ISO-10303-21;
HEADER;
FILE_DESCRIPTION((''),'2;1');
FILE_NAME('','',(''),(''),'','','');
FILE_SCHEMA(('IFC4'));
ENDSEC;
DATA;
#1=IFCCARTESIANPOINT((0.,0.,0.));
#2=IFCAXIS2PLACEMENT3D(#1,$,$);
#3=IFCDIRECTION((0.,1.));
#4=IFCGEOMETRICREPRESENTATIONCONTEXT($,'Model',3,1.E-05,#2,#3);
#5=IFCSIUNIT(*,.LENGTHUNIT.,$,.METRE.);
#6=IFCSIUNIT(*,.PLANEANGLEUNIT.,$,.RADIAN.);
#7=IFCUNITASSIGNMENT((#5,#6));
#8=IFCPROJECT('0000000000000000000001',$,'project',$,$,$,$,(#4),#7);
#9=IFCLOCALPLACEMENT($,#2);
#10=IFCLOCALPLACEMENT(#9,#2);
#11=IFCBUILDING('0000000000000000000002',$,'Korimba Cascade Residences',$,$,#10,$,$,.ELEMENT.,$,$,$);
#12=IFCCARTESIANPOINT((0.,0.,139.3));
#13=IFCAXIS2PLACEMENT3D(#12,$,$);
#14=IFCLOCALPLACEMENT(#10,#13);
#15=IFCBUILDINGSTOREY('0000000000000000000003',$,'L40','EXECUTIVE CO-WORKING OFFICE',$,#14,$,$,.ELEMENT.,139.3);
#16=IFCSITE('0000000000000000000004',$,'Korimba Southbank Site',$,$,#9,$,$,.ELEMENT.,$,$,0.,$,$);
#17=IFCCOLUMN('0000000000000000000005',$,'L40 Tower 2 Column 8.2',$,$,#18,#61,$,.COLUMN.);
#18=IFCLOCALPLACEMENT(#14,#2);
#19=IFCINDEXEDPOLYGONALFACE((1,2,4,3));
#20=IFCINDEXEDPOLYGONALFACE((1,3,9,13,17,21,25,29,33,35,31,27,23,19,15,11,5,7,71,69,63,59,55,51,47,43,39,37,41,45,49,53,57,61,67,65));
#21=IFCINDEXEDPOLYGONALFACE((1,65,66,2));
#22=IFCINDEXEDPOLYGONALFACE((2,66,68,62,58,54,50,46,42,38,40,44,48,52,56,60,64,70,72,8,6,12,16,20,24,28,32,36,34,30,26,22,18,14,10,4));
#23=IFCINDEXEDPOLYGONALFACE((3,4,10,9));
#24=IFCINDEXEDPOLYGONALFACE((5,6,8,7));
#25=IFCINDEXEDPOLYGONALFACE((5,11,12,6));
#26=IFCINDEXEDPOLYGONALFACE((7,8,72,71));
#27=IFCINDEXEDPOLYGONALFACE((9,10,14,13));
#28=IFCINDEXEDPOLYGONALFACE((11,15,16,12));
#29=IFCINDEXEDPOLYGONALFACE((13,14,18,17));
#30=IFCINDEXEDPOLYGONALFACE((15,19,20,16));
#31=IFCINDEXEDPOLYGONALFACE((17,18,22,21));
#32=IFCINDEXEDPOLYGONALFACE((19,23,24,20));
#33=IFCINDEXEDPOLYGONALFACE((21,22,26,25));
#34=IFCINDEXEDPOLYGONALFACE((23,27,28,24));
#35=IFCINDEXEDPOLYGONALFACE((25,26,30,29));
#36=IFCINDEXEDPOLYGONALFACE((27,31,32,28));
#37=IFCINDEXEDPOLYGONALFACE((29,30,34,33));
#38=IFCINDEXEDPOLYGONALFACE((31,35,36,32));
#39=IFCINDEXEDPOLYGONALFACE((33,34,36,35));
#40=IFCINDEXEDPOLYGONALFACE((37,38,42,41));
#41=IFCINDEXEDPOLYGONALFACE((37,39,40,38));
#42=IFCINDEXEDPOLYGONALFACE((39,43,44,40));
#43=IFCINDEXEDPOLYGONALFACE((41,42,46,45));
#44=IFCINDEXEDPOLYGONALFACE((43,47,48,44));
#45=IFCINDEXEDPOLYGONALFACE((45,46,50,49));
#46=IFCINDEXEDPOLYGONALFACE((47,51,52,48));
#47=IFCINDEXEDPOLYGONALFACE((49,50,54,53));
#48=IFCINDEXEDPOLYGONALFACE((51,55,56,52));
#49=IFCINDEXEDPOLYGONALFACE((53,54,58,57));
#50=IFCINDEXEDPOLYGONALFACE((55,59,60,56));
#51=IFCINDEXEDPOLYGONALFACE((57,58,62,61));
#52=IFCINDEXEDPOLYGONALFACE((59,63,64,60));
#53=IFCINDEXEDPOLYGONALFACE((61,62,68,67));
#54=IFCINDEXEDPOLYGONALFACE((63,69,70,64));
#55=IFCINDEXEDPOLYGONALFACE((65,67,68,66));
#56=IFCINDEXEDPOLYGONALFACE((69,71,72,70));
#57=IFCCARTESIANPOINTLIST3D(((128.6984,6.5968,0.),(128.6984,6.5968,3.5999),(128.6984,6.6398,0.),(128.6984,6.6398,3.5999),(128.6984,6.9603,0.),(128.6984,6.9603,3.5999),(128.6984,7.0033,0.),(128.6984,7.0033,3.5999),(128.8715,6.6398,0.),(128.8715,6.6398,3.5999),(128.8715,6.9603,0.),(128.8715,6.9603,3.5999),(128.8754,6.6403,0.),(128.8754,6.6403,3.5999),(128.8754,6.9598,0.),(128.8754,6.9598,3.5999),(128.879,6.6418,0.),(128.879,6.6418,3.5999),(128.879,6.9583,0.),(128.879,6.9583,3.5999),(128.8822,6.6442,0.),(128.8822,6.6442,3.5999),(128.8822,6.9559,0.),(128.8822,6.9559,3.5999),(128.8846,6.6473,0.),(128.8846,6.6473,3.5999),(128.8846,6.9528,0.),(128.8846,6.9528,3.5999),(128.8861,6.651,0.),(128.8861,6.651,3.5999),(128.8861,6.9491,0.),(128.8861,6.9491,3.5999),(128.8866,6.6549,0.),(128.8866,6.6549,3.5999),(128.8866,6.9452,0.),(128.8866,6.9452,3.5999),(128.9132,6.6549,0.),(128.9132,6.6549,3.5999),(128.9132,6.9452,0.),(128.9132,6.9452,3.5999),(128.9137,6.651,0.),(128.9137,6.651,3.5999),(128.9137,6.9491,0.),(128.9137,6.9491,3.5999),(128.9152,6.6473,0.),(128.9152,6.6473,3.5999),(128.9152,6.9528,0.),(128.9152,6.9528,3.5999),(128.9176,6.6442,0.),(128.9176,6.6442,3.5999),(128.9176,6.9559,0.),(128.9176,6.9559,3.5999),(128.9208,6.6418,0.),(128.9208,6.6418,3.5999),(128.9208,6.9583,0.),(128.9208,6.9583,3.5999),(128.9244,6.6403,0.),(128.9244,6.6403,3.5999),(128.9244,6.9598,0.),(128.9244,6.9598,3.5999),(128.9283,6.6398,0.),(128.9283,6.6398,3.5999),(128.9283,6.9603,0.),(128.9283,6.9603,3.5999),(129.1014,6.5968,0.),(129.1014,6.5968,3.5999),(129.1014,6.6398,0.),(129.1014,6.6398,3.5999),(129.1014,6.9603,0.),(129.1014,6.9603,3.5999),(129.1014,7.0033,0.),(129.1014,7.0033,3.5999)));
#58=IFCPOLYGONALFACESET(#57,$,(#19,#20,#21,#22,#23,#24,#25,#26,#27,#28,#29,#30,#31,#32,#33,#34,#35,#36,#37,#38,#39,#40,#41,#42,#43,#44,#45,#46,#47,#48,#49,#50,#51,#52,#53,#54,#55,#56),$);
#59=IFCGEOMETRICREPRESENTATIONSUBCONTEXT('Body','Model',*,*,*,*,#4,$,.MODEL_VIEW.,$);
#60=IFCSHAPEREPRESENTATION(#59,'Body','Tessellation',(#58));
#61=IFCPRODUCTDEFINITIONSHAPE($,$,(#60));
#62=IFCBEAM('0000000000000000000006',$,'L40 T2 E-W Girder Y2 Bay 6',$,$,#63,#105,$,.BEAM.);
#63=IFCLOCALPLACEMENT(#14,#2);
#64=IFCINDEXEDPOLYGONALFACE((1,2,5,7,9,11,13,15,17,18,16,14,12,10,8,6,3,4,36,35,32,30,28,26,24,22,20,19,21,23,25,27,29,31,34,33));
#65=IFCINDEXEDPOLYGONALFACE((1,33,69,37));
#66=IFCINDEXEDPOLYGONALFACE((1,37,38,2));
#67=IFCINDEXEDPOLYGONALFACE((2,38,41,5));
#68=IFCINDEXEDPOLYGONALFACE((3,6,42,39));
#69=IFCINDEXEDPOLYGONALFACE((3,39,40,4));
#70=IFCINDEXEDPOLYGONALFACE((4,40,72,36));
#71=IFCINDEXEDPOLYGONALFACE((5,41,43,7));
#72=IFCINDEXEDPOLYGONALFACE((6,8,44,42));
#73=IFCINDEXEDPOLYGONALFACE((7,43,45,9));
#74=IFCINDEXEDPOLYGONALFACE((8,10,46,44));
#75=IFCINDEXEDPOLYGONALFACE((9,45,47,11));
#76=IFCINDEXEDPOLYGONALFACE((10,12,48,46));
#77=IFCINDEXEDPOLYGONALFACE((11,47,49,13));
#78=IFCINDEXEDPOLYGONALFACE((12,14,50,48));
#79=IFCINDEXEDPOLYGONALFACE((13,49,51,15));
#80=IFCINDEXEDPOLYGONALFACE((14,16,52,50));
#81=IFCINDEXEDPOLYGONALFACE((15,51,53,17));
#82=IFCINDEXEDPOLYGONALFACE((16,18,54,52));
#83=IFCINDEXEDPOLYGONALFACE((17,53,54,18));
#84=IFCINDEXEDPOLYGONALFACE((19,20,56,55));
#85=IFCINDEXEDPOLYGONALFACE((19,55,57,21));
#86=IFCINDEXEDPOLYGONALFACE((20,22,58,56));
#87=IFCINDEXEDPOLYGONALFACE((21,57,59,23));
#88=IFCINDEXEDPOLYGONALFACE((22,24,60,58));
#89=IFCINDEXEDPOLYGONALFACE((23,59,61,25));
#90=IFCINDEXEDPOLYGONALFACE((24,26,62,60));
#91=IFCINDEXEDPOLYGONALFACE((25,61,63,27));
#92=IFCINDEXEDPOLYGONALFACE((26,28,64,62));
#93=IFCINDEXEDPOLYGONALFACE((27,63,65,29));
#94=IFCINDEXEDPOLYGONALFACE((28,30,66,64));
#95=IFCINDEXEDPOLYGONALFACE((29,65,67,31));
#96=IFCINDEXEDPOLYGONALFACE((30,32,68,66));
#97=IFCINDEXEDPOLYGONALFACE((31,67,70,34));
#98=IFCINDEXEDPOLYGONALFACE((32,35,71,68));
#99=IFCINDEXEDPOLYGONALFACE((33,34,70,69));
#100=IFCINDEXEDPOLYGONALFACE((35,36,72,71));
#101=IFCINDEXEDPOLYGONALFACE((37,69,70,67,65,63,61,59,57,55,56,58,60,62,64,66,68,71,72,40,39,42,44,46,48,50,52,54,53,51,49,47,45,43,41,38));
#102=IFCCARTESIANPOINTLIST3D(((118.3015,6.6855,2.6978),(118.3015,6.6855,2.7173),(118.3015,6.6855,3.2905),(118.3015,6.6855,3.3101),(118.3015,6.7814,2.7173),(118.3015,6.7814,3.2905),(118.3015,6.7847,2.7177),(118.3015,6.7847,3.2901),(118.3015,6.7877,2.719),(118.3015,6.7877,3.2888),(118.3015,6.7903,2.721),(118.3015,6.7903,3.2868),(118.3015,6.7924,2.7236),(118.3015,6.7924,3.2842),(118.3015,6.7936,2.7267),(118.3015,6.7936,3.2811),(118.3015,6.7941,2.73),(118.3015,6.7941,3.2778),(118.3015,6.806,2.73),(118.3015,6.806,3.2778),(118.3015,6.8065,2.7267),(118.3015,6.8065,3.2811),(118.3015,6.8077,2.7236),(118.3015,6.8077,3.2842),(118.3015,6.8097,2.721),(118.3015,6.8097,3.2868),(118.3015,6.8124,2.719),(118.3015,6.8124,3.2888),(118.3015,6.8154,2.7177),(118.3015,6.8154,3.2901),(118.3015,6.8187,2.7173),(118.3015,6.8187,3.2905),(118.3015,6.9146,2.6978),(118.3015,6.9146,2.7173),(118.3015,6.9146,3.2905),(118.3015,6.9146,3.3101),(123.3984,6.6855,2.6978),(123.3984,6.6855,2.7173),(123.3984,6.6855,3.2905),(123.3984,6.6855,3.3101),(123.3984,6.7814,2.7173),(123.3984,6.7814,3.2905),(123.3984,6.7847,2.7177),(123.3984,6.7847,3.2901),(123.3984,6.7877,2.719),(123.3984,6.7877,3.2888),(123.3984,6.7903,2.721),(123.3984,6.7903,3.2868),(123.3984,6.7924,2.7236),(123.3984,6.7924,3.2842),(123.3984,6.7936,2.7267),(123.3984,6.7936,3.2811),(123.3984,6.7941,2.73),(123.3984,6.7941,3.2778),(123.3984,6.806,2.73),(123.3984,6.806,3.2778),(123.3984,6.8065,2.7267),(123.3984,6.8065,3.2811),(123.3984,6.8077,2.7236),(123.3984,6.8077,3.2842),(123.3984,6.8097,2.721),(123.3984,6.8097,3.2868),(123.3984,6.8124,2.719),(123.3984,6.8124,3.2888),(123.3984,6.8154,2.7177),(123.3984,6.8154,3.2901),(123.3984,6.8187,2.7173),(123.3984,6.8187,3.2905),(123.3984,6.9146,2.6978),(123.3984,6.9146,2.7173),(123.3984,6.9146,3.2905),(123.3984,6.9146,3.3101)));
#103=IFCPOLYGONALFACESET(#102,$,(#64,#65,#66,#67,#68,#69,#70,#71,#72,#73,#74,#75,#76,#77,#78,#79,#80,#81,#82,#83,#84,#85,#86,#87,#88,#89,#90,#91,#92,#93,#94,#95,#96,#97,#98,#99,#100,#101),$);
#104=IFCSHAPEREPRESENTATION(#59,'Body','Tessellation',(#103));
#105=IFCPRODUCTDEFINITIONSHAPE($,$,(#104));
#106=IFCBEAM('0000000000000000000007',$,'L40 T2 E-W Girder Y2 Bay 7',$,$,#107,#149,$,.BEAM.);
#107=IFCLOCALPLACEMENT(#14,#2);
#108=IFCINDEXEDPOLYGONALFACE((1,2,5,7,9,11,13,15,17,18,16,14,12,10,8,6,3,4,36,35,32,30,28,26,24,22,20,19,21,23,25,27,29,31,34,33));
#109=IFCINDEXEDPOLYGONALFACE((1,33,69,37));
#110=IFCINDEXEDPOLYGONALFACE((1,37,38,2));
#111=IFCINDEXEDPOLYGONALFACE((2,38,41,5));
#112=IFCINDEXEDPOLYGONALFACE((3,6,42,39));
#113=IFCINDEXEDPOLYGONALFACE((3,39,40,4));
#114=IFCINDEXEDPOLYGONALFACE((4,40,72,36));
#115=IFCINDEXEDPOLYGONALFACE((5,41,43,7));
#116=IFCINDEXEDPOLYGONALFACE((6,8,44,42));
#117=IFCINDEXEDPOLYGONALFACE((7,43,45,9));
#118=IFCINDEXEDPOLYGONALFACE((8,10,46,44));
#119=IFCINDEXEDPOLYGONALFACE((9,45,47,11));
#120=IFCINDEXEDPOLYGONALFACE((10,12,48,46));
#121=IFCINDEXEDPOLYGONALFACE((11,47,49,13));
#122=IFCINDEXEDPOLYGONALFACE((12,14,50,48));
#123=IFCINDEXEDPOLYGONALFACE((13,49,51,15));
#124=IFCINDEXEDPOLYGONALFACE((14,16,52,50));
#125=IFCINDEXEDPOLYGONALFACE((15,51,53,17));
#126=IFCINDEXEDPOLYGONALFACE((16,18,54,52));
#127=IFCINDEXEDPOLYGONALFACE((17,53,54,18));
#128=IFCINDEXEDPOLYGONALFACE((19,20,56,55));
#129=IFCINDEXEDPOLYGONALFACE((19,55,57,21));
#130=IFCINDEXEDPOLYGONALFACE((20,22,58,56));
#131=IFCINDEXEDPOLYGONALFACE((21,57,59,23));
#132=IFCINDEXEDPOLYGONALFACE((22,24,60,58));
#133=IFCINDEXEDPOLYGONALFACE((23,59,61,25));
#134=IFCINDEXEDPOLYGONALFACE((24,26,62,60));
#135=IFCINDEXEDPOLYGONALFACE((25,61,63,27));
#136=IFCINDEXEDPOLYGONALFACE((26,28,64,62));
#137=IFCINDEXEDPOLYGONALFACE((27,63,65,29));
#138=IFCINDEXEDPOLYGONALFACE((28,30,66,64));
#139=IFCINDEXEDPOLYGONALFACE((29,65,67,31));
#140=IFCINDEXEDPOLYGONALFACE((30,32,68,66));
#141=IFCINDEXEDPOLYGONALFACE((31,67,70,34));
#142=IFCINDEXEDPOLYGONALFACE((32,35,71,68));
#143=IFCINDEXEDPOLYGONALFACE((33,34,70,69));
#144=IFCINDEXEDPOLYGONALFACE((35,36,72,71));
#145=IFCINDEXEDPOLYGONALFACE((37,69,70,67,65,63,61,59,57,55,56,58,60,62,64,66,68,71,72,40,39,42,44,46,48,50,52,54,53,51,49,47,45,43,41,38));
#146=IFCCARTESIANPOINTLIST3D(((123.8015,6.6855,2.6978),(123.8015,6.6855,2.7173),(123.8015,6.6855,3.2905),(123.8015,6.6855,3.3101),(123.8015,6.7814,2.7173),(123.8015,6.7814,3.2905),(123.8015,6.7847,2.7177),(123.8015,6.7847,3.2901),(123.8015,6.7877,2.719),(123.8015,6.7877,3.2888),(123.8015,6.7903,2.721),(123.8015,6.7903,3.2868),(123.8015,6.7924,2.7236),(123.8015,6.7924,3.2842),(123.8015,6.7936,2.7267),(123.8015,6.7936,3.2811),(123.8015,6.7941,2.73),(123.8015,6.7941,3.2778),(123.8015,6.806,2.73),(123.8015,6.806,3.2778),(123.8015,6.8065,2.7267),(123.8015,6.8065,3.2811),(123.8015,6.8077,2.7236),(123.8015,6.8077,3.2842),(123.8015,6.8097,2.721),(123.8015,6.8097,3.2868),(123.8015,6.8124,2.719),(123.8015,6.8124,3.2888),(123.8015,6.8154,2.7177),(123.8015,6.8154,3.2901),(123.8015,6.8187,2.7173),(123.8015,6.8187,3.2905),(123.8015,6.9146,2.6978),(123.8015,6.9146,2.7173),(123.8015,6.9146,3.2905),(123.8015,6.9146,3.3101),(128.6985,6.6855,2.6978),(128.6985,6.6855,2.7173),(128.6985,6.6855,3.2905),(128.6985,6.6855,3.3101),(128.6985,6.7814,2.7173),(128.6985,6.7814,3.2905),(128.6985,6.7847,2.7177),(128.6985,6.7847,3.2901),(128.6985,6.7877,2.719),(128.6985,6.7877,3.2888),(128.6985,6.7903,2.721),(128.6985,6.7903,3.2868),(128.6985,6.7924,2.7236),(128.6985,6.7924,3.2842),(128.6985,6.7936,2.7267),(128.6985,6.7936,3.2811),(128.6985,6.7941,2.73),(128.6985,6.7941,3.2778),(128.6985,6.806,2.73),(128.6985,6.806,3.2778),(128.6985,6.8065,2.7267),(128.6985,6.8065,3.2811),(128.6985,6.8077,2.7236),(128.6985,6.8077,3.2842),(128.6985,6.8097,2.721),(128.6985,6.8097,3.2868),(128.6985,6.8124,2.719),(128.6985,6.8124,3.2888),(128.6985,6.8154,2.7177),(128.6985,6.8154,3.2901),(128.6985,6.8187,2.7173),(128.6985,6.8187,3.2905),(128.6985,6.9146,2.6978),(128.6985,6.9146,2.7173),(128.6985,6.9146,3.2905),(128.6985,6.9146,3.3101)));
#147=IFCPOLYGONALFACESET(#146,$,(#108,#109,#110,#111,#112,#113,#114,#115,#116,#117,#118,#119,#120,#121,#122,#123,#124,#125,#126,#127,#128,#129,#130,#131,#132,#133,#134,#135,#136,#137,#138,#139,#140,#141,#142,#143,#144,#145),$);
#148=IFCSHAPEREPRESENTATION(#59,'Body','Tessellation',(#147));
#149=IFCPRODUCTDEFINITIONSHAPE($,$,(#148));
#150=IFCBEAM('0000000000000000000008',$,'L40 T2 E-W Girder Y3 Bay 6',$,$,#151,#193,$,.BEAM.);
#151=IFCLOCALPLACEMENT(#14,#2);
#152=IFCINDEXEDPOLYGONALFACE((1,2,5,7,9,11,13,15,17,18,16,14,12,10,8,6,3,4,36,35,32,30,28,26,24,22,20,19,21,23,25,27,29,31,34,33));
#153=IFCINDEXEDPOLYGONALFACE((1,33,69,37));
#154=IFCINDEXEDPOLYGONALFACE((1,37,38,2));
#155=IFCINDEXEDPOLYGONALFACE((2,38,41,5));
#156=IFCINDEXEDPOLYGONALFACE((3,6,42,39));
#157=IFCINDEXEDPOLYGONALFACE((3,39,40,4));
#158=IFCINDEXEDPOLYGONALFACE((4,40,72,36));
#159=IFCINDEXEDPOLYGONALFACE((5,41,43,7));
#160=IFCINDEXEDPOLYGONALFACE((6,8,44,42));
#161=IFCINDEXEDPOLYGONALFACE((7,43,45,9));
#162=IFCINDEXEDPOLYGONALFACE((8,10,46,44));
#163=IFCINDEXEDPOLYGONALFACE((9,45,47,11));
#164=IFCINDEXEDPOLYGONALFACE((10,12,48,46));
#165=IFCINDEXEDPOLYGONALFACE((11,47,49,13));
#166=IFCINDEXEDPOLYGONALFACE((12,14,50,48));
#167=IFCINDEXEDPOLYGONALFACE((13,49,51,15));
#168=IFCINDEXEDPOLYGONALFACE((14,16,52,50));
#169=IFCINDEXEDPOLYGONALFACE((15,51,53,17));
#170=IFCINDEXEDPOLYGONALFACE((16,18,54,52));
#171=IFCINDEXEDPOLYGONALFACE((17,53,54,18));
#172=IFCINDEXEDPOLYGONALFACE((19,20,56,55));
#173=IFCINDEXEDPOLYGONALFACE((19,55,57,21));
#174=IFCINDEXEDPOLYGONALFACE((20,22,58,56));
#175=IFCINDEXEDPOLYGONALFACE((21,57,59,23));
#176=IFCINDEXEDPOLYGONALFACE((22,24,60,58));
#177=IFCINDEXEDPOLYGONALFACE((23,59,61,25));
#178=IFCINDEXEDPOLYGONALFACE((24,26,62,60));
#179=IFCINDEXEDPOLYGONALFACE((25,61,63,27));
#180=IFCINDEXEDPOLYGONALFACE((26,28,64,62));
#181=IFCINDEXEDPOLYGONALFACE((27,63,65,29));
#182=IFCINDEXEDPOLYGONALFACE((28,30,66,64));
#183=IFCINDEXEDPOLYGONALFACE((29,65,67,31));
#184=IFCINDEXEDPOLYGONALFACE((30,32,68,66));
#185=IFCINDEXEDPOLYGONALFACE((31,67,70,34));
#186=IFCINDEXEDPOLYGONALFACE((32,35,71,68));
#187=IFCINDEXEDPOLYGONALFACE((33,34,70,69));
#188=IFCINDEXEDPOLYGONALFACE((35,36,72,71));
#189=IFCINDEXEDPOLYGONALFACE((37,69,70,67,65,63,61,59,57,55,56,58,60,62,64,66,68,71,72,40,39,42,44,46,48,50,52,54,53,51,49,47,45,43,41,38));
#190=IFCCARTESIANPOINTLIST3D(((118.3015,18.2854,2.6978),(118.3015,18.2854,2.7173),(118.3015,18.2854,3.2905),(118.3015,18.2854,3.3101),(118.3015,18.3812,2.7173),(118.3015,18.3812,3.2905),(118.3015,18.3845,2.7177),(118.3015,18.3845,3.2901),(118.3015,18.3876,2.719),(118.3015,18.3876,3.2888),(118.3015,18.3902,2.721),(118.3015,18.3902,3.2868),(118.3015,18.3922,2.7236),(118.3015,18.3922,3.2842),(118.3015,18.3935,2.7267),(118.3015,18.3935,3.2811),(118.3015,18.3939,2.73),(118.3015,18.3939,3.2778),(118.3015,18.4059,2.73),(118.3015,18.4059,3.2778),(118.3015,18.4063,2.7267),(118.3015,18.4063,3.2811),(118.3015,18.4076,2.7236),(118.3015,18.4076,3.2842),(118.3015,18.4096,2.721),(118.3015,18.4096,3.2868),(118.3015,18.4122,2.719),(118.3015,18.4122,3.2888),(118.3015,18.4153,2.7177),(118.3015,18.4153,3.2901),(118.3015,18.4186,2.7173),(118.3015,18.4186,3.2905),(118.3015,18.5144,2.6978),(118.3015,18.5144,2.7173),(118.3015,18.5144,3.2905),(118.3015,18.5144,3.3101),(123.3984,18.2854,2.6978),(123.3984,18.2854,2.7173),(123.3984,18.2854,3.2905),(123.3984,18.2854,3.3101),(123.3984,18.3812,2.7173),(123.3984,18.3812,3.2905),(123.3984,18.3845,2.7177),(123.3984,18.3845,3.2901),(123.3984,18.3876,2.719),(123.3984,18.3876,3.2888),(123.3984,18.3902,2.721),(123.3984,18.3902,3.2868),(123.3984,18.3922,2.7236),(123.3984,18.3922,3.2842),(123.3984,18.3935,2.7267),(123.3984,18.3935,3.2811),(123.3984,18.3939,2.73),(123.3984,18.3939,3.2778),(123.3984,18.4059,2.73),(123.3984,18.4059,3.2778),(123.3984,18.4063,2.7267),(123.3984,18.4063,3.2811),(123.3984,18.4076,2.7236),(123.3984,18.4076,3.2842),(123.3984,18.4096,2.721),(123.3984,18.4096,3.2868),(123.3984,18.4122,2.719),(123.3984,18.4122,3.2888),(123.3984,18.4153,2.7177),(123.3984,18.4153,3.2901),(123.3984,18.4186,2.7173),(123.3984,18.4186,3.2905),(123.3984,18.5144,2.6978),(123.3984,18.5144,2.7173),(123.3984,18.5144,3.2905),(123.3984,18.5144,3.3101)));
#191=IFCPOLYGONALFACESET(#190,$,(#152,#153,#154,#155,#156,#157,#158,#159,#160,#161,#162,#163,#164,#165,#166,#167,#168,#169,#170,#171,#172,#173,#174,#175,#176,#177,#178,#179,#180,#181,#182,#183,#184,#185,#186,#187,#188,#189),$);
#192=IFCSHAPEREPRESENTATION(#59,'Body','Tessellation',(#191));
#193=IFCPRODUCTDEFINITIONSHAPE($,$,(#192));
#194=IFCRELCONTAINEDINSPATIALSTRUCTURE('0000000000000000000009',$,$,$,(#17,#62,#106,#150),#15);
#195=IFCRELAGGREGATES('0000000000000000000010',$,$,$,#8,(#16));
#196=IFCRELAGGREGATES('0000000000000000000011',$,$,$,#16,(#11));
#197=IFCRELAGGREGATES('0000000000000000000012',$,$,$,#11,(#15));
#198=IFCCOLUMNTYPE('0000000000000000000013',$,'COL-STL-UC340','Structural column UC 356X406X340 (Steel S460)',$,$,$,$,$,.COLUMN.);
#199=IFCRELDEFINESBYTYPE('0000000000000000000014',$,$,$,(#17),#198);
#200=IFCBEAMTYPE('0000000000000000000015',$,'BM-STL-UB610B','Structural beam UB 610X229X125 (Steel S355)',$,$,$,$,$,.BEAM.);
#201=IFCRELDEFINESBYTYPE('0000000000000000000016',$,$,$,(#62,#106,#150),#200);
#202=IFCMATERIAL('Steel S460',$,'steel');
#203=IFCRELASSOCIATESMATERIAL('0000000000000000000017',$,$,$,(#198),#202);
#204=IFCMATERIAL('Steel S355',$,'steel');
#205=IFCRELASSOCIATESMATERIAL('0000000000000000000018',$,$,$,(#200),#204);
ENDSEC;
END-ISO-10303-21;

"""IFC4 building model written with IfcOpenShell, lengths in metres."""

from ifc_helpers import new_model, si_unit, direction, frame, origin, origin_2d, place, context, subcontext, project, spatial, i_section, extrude, material, material_profile, profile_set, type_object, element, save


model = new_model("IFC4")

# Units and contexts
model_context = context("Model", 3, precision=1e-05, world=origin(), true_north=direction((0.0, 1.0)))
body_context = subcontext(model_context, "Body", "Model", "MODEL_VIEW")
ifc_project = project(units=[si_unit("LENGTHUNIT", "METRE"), si_unit("PLANEANGLEUNIT", "RADIAN")], contexts=[model_context])

# Site, building, storey
site_placement = place(None, origin())
site = spatial("IfcSite", under=ifc_project, at=site_placement, Name="Korimba Southbank Site", CompositionType="ELEMENT", RefElevation=0.0)
building_placement = place(site_placement, origin())
building = spatial("IfcBuilding", under=site, at=building_placement, Name="Korimba Cascade Residences", CompositionType="ELEMENT")
storey_placement = place(building_placement, frame((0.0, 0.0, 139.3)))
storey = spatial("IfcBuildingStorey", under=building, at=storey_placement, Name="L40", Description="EXECUTIVE CO-WORKING OFFICE", CompositionType="ELEMENT", Elevation=139.3)

# Column
ifc_material_1 = material(Name="Steel S460", Category="steel")
ifc_material_profile_1 = material_profile(ifc_material_1, i_section(OverallWidth=0.4031, OverallDepth=0.4065, WebThickness=0.0266, FlangeThickness=0.043, FilletRadius=0.0151, at=origin_2d()), Name="Steel S460")
ifc_profile_set_1 = profile_set([ifc_material_profile_1], Name="Steel S460")
column_type = type_object("IfcColumnType", Name="COL-STL-UC340", Description="Structural column UC 356X406X340 (Steel S460)", PredefinedType="COLUMN", material=ifc_profile_set_1)
for number, where, z_axis, x_axis, name in (
    (1, (128.8999, 6.8, 0.0), (0.0, 0.0, 1.0), (1.0, 0.0, 0.0), "L40 Tower 2 Column 8.2"),
):
    element("IfcColumn", number, at=place(storey_placement, frame(where, z_axis=z_axis, x_axis=x_axis)), inside=storey, type_object=column_type, Name=name, PredefinedType="COLUMN", context=body_context, shape_type="SweptSolid", body=[
        extrude(i_section(OverallWidth=0.4031, OverallDepth=0.4065, WebThickness=0.0266, FlangeThickness=0.043, FilletRadius=0.0151, at=origin_2d()), origin(), (0.0, 0.0, 1.0), 3.5999),
    ])

# Beams
ifc_material_2 = material(Name="Steel S355", Category="steel")
ifc_material_profile_2 = material_profile(ifc_material_2, i_section(OverallWidth=0.229, OverallDepth=0.6123, WebThickness=0.012, FlangeThickness=0.0195, FilletRadius=0.0127, at=origin_2d()), Name="Steel S355")
ifc_profile_set_2 = profile_set([ifc_material_profile_2], Name="Steel S355")
beam_type_1 = type_object("IfcBeamType", Name="BM-STL-UB610B", Description="Structural beam UB 610X229X125 (Steel S355)", PredefinedType="BEAM", material=ifc_profile_set_2)
beam_1_placement = place(storey_placement, frame((118.3015, 6.8, 3.0039), z_axis=(1.0, 0.0, 0.0), x_axis=(0.0, 1.0, 0.0)))
element("IfcBeam", 2, at=beam_1_placement, inside=storey, type_object=beam_type_1, Name="L40 T2 E-W Girder Y2 Bay 6", PredefinedType="BEAM", context=body_context, shape_type="SweptSolid", body=[
    extrude(i_section(OverallWidth=0.229, OverallDepth=0.6123, WebThickness=0.012, FlangeThickness=0.0195, FilletRadius=0.0127, at=origin_2d()), origin(), (0.0, 0.0, 1.0), 5.0969),
])
beam_2_placement = place(storey_placement, frame((123.8015, 6.8, 3.0039), z_axis=(1.0, 0.0, 0.0), x_axis=(0.0, 1.0, 0.0)))
element("IfcBeam", 3, at=beam_2_placement, inside=storey, type_object=beam_type_1, Name="L40 T2 E-W Girder Y2 Bay 7", PredefinedType="BEAM", context=body_context, shape_type="SweptSolid", body=[
    extrude(i_section(OverallWidth=0.229, OverallDepth=0.6123, WebThickness=0.012, FlangeThickness=0.0195, FilletRadius=0.0127, at=origin_2d()), origin(), (0.0, 0.0, 1.0), 4.897),
])
beam_3_placement = place(storey_placement, frame((118.3015, 18.3999, 3.0039), z_axis=(1.0, 0.0, 0.0), x_axis=(0.0, 1.0, 0.0)))
element("IfcBeam", 4, at=beam_3_placement, inside=storey, type_object=beam_type_1, Name="L40 T2 E-W Girder Y3 Bay 6", PredefinedType="BEAM", context=body_context, shape_type="SweptSolid", body=[
    extrude(i_section(OverallWidth=0.229, OverallDepth=0.6123, WebThickness=0.012, FlangeThickness=0.0195, FilletRadius=0.0127, at=origin_2d()), origin(), (0.0, 0.0, 1.0), 5.0969),
])

save(model, "model.ifc")
